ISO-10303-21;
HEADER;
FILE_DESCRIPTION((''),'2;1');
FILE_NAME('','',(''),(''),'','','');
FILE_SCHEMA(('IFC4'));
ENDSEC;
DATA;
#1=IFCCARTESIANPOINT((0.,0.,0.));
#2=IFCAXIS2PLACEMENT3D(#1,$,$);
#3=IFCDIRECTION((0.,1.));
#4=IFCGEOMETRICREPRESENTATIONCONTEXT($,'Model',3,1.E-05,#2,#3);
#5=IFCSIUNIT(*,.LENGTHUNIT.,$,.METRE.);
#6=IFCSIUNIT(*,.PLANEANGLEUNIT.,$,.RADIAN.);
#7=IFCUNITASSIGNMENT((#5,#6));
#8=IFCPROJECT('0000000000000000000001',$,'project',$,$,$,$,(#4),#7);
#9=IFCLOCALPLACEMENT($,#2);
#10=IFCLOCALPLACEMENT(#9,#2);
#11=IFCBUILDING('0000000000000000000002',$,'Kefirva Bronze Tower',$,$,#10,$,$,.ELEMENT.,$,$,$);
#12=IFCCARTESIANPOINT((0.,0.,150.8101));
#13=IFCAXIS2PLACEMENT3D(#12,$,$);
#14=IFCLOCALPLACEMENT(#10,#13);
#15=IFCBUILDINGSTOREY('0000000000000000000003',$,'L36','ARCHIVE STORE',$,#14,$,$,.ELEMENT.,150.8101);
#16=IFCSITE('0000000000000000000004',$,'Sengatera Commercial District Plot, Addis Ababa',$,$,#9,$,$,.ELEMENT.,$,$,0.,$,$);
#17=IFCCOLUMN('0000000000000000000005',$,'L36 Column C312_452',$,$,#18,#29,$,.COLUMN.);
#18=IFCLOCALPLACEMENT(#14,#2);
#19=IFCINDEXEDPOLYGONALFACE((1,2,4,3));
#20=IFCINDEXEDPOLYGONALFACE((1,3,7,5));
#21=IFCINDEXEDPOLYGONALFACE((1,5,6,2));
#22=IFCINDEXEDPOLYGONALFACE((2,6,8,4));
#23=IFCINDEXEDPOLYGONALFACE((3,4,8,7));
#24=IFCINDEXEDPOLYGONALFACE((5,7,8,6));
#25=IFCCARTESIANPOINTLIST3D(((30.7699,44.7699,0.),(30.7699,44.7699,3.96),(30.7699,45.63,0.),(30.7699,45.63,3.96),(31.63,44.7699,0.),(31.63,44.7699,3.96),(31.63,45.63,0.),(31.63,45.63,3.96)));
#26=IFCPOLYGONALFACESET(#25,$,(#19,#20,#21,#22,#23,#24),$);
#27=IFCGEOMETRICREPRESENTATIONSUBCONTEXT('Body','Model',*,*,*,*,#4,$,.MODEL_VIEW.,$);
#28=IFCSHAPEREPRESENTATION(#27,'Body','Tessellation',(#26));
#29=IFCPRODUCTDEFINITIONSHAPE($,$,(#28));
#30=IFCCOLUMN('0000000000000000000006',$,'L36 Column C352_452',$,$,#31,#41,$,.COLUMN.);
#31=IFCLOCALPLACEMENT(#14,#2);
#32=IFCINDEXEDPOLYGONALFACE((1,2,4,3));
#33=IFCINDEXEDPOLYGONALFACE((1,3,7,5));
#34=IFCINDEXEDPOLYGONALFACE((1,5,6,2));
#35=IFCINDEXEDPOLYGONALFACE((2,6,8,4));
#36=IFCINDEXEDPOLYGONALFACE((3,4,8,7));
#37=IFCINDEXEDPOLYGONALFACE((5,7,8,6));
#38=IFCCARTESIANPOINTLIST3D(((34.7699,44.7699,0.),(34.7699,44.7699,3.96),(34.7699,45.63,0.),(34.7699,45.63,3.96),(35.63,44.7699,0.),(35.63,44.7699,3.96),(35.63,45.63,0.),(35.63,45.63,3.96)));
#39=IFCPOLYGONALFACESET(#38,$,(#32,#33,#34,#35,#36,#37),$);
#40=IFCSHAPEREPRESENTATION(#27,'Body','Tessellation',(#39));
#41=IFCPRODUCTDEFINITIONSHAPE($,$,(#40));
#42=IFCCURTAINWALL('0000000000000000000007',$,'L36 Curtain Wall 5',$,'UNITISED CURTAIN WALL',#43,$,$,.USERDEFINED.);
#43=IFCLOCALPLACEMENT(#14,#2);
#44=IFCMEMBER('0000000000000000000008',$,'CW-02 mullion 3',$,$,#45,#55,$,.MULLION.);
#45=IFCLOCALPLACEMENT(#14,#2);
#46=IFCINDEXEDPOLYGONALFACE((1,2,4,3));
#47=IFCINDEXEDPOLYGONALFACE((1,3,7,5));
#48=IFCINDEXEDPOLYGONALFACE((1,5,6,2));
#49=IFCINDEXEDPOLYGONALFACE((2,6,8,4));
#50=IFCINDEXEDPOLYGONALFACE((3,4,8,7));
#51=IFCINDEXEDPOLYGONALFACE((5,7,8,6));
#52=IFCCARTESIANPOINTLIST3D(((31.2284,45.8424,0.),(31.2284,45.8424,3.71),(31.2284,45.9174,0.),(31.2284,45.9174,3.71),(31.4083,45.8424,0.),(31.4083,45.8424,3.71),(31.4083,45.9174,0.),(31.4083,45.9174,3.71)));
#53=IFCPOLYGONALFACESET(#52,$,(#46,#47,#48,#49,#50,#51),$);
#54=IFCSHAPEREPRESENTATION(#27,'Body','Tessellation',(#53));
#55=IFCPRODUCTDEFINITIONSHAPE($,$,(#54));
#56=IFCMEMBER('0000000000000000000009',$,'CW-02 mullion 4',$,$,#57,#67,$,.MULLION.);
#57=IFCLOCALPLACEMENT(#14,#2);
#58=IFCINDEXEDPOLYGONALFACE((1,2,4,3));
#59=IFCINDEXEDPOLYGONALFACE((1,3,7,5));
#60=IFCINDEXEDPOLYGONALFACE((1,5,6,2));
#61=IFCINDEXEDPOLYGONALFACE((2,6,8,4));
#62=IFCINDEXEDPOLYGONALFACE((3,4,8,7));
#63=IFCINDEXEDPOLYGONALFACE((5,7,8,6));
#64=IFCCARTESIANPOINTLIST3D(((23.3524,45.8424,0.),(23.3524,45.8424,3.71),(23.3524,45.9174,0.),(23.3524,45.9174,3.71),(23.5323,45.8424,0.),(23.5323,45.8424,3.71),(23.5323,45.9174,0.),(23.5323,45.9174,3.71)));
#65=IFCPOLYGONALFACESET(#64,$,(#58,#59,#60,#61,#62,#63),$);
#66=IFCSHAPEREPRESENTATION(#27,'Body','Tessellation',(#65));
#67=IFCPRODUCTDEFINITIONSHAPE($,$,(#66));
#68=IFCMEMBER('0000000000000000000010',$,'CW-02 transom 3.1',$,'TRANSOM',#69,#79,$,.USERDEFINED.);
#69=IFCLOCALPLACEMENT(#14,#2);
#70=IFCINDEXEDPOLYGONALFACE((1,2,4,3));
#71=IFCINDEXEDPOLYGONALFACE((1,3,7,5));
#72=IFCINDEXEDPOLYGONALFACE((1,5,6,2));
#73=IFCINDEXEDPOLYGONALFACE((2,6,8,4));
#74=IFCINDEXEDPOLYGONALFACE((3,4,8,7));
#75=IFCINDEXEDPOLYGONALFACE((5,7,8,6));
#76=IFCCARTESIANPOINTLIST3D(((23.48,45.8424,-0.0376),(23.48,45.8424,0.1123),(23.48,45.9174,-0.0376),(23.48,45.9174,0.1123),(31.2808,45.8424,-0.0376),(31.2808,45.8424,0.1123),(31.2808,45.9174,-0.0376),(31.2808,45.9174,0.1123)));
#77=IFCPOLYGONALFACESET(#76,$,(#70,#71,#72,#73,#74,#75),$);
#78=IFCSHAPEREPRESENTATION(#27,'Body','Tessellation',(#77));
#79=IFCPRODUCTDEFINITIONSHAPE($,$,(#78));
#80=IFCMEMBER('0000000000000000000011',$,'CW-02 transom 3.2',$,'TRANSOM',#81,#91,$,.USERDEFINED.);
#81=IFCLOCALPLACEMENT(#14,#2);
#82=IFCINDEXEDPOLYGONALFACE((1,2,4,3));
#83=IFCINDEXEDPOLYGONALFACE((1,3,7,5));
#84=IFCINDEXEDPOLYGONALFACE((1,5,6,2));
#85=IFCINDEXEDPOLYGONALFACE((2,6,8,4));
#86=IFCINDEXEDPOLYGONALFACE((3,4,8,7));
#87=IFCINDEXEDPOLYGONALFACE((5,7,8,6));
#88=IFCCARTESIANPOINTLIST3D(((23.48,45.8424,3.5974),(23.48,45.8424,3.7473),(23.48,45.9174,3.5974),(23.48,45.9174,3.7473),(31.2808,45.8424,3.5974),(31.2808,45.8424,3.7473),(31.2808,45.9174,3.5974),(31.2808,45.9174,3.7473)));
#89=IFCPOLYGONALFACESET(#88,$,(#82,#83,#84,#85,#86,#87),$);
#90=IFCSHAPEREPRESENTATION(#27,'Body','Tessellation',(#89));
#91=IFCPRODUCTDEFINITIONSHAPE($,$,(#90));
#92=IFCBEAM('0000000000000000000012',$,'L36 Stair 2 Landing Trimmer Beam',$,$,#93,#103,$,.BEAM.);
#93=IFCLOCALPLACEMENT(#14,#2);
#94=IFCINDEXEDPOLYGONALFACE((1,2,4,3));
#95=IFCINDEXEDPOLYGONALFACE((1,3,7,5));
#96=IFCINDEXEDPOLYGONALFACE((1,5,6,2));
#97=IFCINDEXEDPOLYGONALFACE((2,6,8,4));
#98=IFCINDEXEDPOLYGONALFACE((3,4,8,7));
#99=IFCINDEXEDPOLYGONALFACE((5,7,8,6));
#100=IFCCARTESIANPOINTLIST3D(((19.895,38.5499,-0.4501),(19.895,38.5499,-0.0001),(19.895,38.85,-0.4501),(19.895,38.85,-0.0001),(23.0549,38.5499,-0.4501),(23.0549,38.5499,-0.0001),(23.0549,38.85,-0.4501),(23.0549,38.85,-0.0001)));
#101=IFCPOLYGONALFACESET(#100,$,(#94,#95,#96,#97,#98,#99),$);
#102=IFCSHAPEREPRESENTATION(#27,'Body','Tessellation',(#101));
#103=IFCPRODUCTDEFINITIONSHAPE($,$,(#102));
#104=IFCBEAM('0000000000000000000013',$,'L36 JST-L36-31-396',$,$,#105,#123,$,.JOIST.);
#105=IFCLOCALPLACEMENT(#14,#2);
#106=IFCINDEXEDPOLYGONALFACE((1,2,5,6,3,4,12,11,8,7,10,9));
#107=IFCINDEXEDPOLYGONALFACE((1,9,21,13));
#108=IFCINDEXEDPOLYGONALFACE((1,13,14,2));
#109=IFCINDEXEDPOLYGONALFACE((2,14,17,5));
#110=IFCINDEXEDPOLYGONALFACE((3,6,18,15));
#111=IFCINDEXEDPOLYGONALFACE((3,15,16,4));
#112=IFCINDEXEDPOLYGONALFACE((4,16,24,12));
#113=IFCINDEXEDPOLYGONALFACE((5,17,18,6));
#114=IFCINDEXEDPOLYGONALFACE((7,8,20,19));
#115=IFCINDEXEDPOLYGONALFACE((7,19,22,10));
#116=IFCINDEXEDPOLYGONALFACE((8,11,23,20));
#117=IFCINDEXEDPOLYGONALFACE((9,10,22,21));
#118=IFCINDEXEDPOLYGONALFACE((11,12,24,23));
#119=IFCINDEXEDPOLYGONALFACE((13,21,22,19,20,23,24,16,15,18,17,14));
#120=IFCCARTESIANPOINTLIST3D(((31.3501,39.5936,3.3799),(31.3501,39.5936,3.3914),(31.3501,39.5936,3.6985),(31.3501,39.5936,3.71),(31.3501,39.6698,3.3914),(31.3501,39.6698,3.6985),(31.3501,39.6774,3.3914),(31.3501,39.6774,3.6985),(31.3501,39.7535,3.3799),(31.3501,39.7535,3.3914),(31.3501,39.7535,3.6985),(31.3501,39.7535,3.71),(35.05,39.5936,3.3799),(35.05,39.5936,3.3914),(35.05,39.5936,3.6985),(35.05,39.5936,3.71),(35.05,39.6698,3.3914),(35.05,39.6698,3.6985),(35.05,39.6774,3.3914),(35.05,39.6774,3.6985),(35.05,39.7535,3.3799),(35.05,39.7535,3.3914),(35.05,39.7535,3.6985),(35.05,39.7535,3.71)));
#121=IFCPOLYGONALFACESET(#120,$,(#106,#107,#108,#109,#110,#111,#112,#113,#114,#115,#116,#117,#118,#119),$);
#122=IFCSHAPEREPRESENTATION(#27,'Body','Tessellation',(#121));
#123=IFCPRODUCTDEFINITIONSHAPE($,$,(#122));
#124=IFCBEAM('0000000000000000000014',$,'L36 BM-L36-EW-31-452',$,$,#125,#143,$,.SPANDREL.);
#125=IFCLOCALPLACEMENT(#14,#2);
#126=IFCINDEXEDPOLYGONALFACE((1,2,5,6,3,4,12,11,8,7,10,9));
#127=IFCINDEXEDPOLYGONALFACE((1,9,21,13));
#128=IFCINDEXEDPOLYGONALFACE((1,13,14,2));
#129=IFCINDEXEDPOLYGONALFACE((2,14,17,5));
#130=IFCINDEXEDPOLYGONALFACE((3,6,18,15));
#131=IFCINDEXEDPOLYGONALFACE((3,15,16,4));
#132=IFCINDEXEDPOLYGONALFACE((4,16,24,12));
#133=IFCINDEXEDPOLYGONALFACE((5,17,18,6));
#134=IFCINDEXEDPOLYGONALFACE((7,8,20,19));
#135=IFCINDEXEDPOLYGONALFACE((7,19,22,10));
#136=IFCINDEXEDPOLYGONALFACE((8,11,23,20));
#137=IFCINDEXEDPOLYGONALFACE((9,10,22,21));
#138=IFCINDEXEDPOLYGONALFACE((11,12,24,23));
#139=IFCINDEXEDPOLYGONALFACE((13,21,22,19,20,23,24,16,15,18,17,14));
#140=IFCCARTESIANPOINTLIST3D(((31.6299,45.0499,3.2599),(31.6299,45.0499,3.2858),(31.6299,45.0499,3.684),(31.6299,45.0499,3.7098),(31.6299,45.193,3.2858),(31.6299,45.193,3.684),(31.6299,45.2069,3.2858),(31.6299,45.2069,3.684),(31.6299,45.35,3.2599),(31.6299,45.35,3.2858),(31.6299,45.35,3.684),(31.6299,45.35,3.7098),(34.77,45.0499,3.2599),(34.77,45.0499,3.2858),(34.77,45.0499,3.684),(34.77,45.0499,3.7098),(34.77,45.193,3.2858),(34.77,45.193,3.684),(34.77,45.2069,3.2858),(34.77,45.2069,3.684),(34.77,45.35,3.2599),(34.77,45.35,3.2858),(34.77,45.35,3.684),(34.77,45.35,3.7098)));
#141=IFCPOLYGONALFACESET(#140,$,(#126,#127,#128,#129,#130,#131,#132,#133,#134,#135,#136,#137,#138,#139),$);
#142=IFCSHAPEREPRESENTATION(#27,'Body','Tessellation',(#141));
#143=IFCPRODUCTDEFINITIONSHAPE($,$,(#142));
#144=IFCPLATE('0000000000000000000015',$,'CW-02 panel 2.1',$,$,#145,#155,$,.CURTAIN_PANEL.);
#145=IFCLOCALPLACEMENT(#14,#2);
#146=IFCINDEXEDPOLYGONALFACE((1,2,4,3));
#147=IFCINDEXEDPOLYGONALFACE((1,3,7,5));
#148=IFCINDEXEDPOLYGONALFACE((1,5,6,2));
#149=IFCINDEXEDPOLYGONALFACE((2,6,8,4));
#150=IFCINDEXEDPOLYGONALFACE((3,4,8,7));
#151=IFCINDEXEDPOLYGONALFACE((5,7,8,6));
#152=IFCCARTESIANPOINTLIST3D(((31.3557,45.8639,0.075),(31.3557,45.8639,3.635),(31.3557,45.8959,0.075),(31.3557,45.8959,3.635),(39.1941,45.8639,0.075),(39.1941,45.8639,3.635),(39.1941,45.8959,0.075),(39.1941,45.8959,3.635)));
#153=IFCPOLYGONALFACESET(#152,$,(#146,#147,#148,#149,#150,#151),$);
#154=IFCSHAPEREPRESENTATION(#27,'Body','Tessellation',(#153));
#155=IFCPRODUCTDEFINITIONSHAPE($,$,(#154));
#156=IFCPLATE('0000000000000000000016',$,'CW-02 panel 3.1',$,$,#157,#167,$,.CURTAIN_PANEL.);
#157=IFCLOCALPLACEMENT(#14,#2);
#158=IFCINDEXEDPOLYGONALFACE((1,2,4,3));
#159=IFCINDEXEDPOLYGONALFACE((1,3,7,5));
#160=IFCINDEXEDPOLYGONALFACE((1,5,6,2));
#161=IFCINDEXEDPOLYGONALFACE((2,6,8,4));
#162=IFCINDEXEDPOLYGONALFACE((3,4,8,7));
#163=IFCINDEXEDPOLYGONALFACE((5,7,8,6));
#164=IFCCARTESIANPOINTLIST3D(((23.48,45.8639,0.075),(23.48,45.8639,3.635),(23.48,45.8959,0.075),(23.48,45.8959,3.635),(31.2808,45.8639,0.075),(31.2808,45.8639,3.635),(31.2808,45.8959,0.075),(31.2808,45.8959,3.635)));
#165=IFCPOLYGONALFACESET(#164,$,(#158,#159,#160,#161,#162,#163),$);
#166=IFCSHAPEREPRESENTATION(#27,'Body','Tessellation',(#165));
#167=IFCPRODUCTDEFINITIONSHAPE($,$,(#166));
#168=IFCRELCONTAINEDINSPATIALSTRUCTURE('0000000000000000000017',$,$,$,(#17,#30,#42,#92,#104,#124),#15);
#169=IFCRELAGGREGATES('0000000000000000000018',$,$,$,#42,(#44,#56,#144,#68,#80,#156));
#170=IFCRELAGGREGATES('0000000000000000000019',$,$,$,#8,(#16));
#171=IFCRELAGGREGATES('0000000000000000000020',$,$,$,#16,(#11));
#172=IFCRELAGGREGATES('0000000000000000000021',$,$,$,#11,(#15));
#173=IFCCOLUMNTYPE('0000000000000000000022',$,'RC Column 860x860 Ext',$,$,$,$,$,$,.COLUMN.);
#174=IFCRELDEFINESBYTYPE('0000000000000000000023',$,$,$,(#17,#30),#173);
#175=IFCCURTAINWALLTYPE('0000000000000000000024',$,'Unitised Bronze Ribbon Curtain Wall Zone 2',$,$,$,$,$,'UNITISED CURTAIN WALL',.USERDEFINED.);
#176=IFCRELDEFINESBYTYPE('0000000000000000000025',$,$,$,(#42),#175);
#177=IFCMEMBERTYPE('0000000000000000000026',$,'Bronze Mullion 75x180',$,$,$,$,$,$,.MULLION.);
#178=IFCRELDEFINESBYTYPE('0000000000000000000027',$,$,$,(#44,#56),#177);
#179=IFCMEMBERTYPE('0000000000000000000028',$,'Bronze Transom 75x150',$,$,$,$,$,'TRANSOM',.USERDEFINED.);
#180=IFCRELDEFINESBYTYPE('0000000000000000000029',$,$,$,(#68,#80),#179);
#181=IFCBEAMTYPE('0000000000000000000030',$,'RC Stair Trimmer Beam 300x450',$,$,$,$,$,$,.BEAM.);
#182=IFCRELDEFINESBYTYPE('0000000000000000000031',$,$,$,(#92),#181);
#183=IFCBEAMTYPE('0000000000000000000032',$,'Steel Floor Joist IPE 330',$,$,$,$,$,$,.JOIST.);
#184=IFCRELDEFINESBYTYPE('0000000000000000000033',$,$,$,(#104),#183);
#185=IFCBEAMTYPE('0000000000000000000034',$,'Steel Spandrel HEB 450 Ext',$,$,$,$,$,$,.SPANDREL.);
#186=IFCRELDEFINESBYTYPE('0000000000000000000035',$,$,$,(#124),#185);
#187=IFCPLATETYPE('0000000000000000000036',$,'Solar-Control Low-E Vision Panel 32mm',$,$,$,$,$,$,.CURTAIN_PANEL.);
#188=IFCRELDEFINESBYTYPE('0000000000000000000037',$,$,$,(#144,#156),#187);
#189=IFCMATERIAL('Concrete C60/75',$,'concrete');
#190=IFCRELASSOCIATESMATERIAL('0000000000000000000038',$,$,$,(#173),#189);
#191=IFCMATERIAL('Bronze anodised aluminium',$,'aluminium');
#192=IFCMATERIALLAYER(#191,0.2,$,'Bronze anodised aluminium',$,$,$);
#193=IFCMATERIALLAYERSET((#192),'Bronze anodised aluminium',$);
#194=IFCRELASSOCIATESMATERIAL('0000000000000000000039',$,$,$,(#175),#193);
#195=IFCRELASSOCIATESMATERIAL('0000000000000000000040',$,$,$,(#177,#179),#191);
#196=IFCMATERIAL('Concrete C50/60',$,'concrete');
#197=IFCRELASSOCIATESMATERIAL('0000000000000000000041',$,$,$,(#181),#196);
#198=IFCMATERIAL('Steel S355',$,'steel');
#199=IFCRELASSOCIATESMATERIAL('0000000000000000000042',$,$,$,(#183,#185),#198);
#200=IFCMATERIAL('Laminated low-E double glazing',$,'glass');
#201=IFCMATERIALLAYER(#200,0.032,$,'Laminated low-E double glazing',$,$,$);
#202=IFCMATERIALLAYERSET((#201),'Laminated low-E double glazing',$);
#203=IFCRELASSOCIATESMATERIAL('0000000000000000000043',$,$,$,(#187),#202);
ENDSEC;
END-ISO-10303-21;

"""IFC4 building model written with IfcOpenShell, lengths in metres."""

from ifc_helpers import new_model, si_unit, direction, frame, origin, origin_2d, place, context, subcontext, project, spatial, rectangle, i_section, extrude, material, layer, layer_set, material_profile, profile_set, type_object, element, aggregate, save


model = new_model("IFC4")

# Units and contexts
model_context = context("Model", 3, precision=1e-05, world=origin(), true_north=direction((0.0, 1.0)))
body_context = subcontext(model_context, "Body", "Model", "MODEL_VIEW")
ifc_project = project(units=[si_unit("LENGTHUNIT", "METRE"), si_unit("PLANEANGLEUNIT", "RADIAN")], contexts=[model_context])

# Site, building, storey
site_placement = place(None, origin())
site = spatial("IfcSite", under=ifc_project, at=site_placement, Name="Sengatera Commercial District Plot, Addis Ababa", CompositionType="ELEMENT", RefElevation=0.0)
building_placement = place(site_placement, origin())
building = spatial("IfcBuilding", under=site, at=building_placement, Name="Kefirva Bronze Tower", CompositionType="ELEMENT")
storey_placement = place(building_placement, frame((0.0, 0.0, 150.8101)))
storey = spatial("IfcBuildingStorey", under=building, at=storey_placement, Name="L36", Description="ARCHIVE STORE", CompositionType="ELEMENT", Elevation=150.8101)

# Columns
ifc_material_1 = material(Name="Concrete C60/75", Category="concrete")
ifc_material_profile_1 = material_profile(ifc_material_1, rectangle(XDim=0.8601, YDim=0.8601, at=origin_2d()), Name="RC 860x860")
ifc_profile_set_1 = profile_set([ifc_material_profile_1], Name="Concrete C60/75")
column_type = type_object("IfcColumnType", Name="RC Column 860x860 Ext", PredefinedType="COLUMN", material=ifc_profile_set_1)
for number, where, z_axis, x_axis, name in (
    (1, (31.2, 45.2, 0.0), (0.0, 0.0, 1.0), (1.0, 0.0, 0.0), "L36 Column C312_452"),
    (2, (35.2, 45.2, 0.0), (0.0, 0.0, 1.0), (1.0, 0.0, 0.0), "L36 Column C352_452"),
):
    element("IfcColumn", number, at=place(storey_placement, frame(where, z_axis=z_axis, x_axis=x_axis)), inside=storey, type_object=column_type, Name=name, PredefinedType="COLUMN", context=body_context, shape_type="SweptSolid", body=[
        extrude(rectangle(XDim=0.8601, YDim=0.8601, at=origin_2d()), origin(), (0.0, 0.0, 1.0), 3.96),
    ])

# Curtain wall, members
ifc_material_2 = material(Name="Bronze anodised aluminium", Category="aluminium")
ifc_layer_1 = layer(ifc_material_2, 0.2, Name="Bronze anodised aluminium")
ifc_layer_set_1 = layer_set([ifc_layer_1], Name="Bronze anodised aluminium")
curtain_wall_type = type_object("IfcCurtainWallType", Name="Unitised Bronze Ribbon Curtain Wall Zone 2", ElementType="UNITISED CURTAIN WALL", PredefinedType="USERDEFINED", material=ifc_layer_set_1)
curtain_wall_placement = place(storey_placement, origin())
curtain_wall = element("IfcCurtainWall", 3, at=curtain_wall_placement, inside=storey, type_object=curtain_wall_type, Name="L36 Curtain Wall 5", ObjectType="UNITISED CURTAIN WALL", PredefinedType="USERDEFINED")
ifc_material_profile_2 = material_profile(ifc_material_2, rectangle(XDim=0.075, YDim=0.1799, at=origin_2d()), Name="ALU 75x180")
ifc_profile_set_2 = profile_set([ifc_material_profile_2], Name="Bronze anodised aluminium")
member_type_1 = type_object("IfcMemberType", Name="Bronze Mullion 75x180", PredefinedType="MULLION", material=ifc_profile_set_2)
member_1_placement = place(storey_placement, frame((31.3184, 45.8799, 0.0), z_axis=(0.0, 0.0, 1.0), x_axis=(0.0, -1.0, 0.0)))
member_1 = element("IfcMember", 4, at=member_1_placement, type_object=member_type_1, Name="CW-02 mullion 3", PredefinedType="MULLION", context=body_context, shape_type="SweptSolid", body=[
    extrude(rectangle(XDim=0.075, YDim=0.1799, at=origin_2d()), origin(), (0.0, 0.0, 1.0), 3.71),
])
member_2_placement = place(storey_placement, frame((23.4424, 45.8799, 0.0), z_axis=(0.0, 0.0, 1.0), x_axis=(0.0, -1.0, 0.0)))
member_2 = element("IfcMember", 5, at=member_2_placement, type_object=member_type_1, Name="CW-02 mullion 4", PredefinedType="MULLION", context=body_context, shape_type="SweptSolid", body=[
    extrude(rectangle(XDim=0.075, YDim=0.1799, at=origin_2d()), origin(), (0.0, 0.0, 1.0), 3.71),
])
ifc_material_profile_3 = material_profile(ifc_material_2, rectangle(XDim=0.075, YDim=0.1499, at=origin_2d()), Name="ALU 75x150")
ifc_profile_set_3 = profile_set([ifc_material_profile_3], Name="Bronze anodised aluminium")
member_type_2 = type_object("IfcMemberType", Name="Bronze Transom 75x150", ElementType="TRANSOM", PredefinedType="USERDEFINED", material=ifc_profile_set_3)
member_3_placement = place(storey_placement, frame((31.2808, 45.8799, 0.0374), z_axis=(-1.0, 0.0, 0.0), x_axis=(0.0, -1.0, 0.0)))
member_3 = element("IfcMember", 6, at=member_3_placement, type_object=member_type_2, Name="CW-02 transom 3.1", ObjectType="TRANSOM", PredefinedType="USERDEFINED", context=body_context, shape_type="SweptSolid", body=[
    extrude(rectangle(XDim=0.075, YDim=0.1499, at=origin_2d()), origin(), (0.0, 0.0, 1.0), 7.8008),
])
member_4_placement = place(storey_placement, frame((31.2808, 45.8799, 3.6724), z_axis=(-1.0, 0.0, 0.0), x_axis=(0.0, -1.0, 0.0)))
member_4 = element("IfcMember", 7, at=member_4_placement, type_object=member_type_2, Name="CW-02 transom 3.2", ObjectType="TRANSOM", PredefinedType="USERDEFINED", context=body_context, shape_type="SweptSolid", body=[
    extrude(rectangle(XDim=0.075, YDim=0.1499, at=origin_2d()), origin(), (0.0, 0.0, 1.0), 7.8008),
])

# Beams
ifc_material_3 = material(Name="Concrete C50/60", Category="concrete")
ifc_material_profile_4 = material_profile(ifc_material_3, rectangle(XDim=0.3, YDim=0.45, at=origin_2d()), Name="RC 300x450")
ifc_profile_set_4 = profile_set([ifc_material_profile_4], Name="Concrete C50/60")
beam_type_1 = type_object("IfcBeamType", Name="RC Stair Trimmer Beam 300x450", PredefinedType="BEAM", material=ifc_profile_set_4)
beam_1_placement = place(storey_placement, frame((19.895, 38.7, -0.2251), z_axis=(1.0, 0.0, 0.0), x_axis=(0.0, 1.0, 0.0)))
element("IfcBeam", 8, at=beam_1_placement, inside=storey, type_object=beam_type_1, Name="L36 Stair 2 Landing Trimmer Beam", PredefinedType="BEAM", context=body_context, shape_type="SweptSolid", body=[
    extrude(rectangle(XDim=0.3, YDim=0.45, at=origin_2d()), origin(), (0.0, 0.0, 1.0), 3.1599),
])
ifc_material_4 = material(Name="Steel S355", Category="steel")
ifc_material_profile_5 = material_profile(ifc_material_4, i_section(OverallWidth=0.1599, OverallDepth=0.3301, WebThickness=0.0076, FlangeThickness=0.0115, at=origin_2d()), Name="IPE 330")
ifc_profile_set_5 = profile_set([ifc_material_profile_5], Name="Steel S355")
beam_type_2 = type_object("IfcBeamType", Name="Steel Floor Joist IPE 330", PredefinedType="JOIST", material=ifc_profile_set_5)
beam_2_placement = place(storey_placement, frame((31.3501, 39.6736, 3.5449), z_axis=(1.0, 0.0, 0.0), x_axis=(0.0, 1.0, 0.0)))
element("IfcBeam", 9, at=beam_2_placement, inside=storey, type_object=beam_type_2, Name="L36 JST-L36-31-396", PredefinedType="JOIST", context=body_context, shape_type="SweptSolid", body=[
    extrude(i_section(OverallWidth=0.1599, OverallDepth=0.3301, WebThickness=0.0076, FlangeThickness=0.0115, at=origin_2d()), origin(), (0.0, 0.0, 1.0), 3.7),
])
ifc_material_profile_6 = material_profile(ifc_material_4, i_section(OverallWidth=0.3, OverallDepth=0.45, WebThickness=0.0139, FlangeThickness=0.0259, at=origin_2d()), Name="HEB 450")
ifc_profile_set_6 = profile_set([ifc_material_profile_6], Name="Steel S355")
beam_type_3 = type_object("IfcBeamType", Name="Steel Spandrel HEB 450 Ext", PredefinedType="SPANDREL", material=ifc_profile_set_6)
beam_3_placement = place(storey_placement, frame((31.6299, 45.2, 3.4849), z_axis=(1.0, 0.0, 0.0), x_axis=(0.0, 1.0, 0.0)))
element("IfcBeam", 10, at=beam_3_placement, inside=storey, type_object=beam_type_3, Name="L36 BM-L36-EW-31-452", PredefinedType="SPANDREL", context=body_context, shape_type="SweptSolid", body=[
    extrude(i_section(OverallWidth=0.3, OverallDepth=0.45, WebThickness=0.0139, FlangeThickness=0.0259, at=origin_2d()), origin(), (0.0, 0.0, 1.0), 3.1401),
])

# Plates
ifc_material_5 = material(Name="Laminated low-E double glazing", Category="glass")
ifc_layer_2 = layer(ifc_material_5, 0.032, Name="Laminated low-E double glazing")
ifc_layer_set_2 = layer_set([ifc_layer_2], Name="Laminated low-E double glazing")
plate_type = type_object("IfcPlateType", Name="Solar-Control Low-E Vision Panel 32mm", PredefinedType="CURTAIN_PANEL", material=ifc_layer_set_2)
plate_1_placement = place(storey_placement, frame((35.2749, 45.8799, 0.075), z_axis=(0.0, 0.0, 1.0), x_axis=(-1.0, 0.0, 0.0)))
plate_1 = element("IfcPlate", 11, at=plate_1_placement, type_object=plate_type, Name="CW-02 panel 2.1", PredefinedType="CURTAIN_PANEL", context=body_context, shape_type="SweptSolid", body=[
    extrude(rectangle(XDim=7.8384, YDim=0.032, at=origin_2d()), origin(), (0.0, 0.0, 1.0), 3.5601),
])
plate_2_placement = place(storey_placement, frame((27.3804, 45.8799, 0.075), z_axis=(0.0, 0.0, 1.0), x_axis=(-1.0, 0.0, 0.0)))
plate_2 = element("IfcPlate", 12, at=plate_2_placement, type_object=plate_type, Name="CW-02 panel 3.1", PredefinedType="CURTAIN_PANEL", context=body_context, shape_type="SweptSolid", body=[
    extrude(rectangle(XDim=7.8008, YDim=0.032, at=origin_2d()), origin(), (0.0, 0.0, 1.0), 3.5601),
])
aggregate(curtain_wall, [member_1, member_2, plate_1, member_3, member_4, plate_2])

save(model, "model.ifc")
